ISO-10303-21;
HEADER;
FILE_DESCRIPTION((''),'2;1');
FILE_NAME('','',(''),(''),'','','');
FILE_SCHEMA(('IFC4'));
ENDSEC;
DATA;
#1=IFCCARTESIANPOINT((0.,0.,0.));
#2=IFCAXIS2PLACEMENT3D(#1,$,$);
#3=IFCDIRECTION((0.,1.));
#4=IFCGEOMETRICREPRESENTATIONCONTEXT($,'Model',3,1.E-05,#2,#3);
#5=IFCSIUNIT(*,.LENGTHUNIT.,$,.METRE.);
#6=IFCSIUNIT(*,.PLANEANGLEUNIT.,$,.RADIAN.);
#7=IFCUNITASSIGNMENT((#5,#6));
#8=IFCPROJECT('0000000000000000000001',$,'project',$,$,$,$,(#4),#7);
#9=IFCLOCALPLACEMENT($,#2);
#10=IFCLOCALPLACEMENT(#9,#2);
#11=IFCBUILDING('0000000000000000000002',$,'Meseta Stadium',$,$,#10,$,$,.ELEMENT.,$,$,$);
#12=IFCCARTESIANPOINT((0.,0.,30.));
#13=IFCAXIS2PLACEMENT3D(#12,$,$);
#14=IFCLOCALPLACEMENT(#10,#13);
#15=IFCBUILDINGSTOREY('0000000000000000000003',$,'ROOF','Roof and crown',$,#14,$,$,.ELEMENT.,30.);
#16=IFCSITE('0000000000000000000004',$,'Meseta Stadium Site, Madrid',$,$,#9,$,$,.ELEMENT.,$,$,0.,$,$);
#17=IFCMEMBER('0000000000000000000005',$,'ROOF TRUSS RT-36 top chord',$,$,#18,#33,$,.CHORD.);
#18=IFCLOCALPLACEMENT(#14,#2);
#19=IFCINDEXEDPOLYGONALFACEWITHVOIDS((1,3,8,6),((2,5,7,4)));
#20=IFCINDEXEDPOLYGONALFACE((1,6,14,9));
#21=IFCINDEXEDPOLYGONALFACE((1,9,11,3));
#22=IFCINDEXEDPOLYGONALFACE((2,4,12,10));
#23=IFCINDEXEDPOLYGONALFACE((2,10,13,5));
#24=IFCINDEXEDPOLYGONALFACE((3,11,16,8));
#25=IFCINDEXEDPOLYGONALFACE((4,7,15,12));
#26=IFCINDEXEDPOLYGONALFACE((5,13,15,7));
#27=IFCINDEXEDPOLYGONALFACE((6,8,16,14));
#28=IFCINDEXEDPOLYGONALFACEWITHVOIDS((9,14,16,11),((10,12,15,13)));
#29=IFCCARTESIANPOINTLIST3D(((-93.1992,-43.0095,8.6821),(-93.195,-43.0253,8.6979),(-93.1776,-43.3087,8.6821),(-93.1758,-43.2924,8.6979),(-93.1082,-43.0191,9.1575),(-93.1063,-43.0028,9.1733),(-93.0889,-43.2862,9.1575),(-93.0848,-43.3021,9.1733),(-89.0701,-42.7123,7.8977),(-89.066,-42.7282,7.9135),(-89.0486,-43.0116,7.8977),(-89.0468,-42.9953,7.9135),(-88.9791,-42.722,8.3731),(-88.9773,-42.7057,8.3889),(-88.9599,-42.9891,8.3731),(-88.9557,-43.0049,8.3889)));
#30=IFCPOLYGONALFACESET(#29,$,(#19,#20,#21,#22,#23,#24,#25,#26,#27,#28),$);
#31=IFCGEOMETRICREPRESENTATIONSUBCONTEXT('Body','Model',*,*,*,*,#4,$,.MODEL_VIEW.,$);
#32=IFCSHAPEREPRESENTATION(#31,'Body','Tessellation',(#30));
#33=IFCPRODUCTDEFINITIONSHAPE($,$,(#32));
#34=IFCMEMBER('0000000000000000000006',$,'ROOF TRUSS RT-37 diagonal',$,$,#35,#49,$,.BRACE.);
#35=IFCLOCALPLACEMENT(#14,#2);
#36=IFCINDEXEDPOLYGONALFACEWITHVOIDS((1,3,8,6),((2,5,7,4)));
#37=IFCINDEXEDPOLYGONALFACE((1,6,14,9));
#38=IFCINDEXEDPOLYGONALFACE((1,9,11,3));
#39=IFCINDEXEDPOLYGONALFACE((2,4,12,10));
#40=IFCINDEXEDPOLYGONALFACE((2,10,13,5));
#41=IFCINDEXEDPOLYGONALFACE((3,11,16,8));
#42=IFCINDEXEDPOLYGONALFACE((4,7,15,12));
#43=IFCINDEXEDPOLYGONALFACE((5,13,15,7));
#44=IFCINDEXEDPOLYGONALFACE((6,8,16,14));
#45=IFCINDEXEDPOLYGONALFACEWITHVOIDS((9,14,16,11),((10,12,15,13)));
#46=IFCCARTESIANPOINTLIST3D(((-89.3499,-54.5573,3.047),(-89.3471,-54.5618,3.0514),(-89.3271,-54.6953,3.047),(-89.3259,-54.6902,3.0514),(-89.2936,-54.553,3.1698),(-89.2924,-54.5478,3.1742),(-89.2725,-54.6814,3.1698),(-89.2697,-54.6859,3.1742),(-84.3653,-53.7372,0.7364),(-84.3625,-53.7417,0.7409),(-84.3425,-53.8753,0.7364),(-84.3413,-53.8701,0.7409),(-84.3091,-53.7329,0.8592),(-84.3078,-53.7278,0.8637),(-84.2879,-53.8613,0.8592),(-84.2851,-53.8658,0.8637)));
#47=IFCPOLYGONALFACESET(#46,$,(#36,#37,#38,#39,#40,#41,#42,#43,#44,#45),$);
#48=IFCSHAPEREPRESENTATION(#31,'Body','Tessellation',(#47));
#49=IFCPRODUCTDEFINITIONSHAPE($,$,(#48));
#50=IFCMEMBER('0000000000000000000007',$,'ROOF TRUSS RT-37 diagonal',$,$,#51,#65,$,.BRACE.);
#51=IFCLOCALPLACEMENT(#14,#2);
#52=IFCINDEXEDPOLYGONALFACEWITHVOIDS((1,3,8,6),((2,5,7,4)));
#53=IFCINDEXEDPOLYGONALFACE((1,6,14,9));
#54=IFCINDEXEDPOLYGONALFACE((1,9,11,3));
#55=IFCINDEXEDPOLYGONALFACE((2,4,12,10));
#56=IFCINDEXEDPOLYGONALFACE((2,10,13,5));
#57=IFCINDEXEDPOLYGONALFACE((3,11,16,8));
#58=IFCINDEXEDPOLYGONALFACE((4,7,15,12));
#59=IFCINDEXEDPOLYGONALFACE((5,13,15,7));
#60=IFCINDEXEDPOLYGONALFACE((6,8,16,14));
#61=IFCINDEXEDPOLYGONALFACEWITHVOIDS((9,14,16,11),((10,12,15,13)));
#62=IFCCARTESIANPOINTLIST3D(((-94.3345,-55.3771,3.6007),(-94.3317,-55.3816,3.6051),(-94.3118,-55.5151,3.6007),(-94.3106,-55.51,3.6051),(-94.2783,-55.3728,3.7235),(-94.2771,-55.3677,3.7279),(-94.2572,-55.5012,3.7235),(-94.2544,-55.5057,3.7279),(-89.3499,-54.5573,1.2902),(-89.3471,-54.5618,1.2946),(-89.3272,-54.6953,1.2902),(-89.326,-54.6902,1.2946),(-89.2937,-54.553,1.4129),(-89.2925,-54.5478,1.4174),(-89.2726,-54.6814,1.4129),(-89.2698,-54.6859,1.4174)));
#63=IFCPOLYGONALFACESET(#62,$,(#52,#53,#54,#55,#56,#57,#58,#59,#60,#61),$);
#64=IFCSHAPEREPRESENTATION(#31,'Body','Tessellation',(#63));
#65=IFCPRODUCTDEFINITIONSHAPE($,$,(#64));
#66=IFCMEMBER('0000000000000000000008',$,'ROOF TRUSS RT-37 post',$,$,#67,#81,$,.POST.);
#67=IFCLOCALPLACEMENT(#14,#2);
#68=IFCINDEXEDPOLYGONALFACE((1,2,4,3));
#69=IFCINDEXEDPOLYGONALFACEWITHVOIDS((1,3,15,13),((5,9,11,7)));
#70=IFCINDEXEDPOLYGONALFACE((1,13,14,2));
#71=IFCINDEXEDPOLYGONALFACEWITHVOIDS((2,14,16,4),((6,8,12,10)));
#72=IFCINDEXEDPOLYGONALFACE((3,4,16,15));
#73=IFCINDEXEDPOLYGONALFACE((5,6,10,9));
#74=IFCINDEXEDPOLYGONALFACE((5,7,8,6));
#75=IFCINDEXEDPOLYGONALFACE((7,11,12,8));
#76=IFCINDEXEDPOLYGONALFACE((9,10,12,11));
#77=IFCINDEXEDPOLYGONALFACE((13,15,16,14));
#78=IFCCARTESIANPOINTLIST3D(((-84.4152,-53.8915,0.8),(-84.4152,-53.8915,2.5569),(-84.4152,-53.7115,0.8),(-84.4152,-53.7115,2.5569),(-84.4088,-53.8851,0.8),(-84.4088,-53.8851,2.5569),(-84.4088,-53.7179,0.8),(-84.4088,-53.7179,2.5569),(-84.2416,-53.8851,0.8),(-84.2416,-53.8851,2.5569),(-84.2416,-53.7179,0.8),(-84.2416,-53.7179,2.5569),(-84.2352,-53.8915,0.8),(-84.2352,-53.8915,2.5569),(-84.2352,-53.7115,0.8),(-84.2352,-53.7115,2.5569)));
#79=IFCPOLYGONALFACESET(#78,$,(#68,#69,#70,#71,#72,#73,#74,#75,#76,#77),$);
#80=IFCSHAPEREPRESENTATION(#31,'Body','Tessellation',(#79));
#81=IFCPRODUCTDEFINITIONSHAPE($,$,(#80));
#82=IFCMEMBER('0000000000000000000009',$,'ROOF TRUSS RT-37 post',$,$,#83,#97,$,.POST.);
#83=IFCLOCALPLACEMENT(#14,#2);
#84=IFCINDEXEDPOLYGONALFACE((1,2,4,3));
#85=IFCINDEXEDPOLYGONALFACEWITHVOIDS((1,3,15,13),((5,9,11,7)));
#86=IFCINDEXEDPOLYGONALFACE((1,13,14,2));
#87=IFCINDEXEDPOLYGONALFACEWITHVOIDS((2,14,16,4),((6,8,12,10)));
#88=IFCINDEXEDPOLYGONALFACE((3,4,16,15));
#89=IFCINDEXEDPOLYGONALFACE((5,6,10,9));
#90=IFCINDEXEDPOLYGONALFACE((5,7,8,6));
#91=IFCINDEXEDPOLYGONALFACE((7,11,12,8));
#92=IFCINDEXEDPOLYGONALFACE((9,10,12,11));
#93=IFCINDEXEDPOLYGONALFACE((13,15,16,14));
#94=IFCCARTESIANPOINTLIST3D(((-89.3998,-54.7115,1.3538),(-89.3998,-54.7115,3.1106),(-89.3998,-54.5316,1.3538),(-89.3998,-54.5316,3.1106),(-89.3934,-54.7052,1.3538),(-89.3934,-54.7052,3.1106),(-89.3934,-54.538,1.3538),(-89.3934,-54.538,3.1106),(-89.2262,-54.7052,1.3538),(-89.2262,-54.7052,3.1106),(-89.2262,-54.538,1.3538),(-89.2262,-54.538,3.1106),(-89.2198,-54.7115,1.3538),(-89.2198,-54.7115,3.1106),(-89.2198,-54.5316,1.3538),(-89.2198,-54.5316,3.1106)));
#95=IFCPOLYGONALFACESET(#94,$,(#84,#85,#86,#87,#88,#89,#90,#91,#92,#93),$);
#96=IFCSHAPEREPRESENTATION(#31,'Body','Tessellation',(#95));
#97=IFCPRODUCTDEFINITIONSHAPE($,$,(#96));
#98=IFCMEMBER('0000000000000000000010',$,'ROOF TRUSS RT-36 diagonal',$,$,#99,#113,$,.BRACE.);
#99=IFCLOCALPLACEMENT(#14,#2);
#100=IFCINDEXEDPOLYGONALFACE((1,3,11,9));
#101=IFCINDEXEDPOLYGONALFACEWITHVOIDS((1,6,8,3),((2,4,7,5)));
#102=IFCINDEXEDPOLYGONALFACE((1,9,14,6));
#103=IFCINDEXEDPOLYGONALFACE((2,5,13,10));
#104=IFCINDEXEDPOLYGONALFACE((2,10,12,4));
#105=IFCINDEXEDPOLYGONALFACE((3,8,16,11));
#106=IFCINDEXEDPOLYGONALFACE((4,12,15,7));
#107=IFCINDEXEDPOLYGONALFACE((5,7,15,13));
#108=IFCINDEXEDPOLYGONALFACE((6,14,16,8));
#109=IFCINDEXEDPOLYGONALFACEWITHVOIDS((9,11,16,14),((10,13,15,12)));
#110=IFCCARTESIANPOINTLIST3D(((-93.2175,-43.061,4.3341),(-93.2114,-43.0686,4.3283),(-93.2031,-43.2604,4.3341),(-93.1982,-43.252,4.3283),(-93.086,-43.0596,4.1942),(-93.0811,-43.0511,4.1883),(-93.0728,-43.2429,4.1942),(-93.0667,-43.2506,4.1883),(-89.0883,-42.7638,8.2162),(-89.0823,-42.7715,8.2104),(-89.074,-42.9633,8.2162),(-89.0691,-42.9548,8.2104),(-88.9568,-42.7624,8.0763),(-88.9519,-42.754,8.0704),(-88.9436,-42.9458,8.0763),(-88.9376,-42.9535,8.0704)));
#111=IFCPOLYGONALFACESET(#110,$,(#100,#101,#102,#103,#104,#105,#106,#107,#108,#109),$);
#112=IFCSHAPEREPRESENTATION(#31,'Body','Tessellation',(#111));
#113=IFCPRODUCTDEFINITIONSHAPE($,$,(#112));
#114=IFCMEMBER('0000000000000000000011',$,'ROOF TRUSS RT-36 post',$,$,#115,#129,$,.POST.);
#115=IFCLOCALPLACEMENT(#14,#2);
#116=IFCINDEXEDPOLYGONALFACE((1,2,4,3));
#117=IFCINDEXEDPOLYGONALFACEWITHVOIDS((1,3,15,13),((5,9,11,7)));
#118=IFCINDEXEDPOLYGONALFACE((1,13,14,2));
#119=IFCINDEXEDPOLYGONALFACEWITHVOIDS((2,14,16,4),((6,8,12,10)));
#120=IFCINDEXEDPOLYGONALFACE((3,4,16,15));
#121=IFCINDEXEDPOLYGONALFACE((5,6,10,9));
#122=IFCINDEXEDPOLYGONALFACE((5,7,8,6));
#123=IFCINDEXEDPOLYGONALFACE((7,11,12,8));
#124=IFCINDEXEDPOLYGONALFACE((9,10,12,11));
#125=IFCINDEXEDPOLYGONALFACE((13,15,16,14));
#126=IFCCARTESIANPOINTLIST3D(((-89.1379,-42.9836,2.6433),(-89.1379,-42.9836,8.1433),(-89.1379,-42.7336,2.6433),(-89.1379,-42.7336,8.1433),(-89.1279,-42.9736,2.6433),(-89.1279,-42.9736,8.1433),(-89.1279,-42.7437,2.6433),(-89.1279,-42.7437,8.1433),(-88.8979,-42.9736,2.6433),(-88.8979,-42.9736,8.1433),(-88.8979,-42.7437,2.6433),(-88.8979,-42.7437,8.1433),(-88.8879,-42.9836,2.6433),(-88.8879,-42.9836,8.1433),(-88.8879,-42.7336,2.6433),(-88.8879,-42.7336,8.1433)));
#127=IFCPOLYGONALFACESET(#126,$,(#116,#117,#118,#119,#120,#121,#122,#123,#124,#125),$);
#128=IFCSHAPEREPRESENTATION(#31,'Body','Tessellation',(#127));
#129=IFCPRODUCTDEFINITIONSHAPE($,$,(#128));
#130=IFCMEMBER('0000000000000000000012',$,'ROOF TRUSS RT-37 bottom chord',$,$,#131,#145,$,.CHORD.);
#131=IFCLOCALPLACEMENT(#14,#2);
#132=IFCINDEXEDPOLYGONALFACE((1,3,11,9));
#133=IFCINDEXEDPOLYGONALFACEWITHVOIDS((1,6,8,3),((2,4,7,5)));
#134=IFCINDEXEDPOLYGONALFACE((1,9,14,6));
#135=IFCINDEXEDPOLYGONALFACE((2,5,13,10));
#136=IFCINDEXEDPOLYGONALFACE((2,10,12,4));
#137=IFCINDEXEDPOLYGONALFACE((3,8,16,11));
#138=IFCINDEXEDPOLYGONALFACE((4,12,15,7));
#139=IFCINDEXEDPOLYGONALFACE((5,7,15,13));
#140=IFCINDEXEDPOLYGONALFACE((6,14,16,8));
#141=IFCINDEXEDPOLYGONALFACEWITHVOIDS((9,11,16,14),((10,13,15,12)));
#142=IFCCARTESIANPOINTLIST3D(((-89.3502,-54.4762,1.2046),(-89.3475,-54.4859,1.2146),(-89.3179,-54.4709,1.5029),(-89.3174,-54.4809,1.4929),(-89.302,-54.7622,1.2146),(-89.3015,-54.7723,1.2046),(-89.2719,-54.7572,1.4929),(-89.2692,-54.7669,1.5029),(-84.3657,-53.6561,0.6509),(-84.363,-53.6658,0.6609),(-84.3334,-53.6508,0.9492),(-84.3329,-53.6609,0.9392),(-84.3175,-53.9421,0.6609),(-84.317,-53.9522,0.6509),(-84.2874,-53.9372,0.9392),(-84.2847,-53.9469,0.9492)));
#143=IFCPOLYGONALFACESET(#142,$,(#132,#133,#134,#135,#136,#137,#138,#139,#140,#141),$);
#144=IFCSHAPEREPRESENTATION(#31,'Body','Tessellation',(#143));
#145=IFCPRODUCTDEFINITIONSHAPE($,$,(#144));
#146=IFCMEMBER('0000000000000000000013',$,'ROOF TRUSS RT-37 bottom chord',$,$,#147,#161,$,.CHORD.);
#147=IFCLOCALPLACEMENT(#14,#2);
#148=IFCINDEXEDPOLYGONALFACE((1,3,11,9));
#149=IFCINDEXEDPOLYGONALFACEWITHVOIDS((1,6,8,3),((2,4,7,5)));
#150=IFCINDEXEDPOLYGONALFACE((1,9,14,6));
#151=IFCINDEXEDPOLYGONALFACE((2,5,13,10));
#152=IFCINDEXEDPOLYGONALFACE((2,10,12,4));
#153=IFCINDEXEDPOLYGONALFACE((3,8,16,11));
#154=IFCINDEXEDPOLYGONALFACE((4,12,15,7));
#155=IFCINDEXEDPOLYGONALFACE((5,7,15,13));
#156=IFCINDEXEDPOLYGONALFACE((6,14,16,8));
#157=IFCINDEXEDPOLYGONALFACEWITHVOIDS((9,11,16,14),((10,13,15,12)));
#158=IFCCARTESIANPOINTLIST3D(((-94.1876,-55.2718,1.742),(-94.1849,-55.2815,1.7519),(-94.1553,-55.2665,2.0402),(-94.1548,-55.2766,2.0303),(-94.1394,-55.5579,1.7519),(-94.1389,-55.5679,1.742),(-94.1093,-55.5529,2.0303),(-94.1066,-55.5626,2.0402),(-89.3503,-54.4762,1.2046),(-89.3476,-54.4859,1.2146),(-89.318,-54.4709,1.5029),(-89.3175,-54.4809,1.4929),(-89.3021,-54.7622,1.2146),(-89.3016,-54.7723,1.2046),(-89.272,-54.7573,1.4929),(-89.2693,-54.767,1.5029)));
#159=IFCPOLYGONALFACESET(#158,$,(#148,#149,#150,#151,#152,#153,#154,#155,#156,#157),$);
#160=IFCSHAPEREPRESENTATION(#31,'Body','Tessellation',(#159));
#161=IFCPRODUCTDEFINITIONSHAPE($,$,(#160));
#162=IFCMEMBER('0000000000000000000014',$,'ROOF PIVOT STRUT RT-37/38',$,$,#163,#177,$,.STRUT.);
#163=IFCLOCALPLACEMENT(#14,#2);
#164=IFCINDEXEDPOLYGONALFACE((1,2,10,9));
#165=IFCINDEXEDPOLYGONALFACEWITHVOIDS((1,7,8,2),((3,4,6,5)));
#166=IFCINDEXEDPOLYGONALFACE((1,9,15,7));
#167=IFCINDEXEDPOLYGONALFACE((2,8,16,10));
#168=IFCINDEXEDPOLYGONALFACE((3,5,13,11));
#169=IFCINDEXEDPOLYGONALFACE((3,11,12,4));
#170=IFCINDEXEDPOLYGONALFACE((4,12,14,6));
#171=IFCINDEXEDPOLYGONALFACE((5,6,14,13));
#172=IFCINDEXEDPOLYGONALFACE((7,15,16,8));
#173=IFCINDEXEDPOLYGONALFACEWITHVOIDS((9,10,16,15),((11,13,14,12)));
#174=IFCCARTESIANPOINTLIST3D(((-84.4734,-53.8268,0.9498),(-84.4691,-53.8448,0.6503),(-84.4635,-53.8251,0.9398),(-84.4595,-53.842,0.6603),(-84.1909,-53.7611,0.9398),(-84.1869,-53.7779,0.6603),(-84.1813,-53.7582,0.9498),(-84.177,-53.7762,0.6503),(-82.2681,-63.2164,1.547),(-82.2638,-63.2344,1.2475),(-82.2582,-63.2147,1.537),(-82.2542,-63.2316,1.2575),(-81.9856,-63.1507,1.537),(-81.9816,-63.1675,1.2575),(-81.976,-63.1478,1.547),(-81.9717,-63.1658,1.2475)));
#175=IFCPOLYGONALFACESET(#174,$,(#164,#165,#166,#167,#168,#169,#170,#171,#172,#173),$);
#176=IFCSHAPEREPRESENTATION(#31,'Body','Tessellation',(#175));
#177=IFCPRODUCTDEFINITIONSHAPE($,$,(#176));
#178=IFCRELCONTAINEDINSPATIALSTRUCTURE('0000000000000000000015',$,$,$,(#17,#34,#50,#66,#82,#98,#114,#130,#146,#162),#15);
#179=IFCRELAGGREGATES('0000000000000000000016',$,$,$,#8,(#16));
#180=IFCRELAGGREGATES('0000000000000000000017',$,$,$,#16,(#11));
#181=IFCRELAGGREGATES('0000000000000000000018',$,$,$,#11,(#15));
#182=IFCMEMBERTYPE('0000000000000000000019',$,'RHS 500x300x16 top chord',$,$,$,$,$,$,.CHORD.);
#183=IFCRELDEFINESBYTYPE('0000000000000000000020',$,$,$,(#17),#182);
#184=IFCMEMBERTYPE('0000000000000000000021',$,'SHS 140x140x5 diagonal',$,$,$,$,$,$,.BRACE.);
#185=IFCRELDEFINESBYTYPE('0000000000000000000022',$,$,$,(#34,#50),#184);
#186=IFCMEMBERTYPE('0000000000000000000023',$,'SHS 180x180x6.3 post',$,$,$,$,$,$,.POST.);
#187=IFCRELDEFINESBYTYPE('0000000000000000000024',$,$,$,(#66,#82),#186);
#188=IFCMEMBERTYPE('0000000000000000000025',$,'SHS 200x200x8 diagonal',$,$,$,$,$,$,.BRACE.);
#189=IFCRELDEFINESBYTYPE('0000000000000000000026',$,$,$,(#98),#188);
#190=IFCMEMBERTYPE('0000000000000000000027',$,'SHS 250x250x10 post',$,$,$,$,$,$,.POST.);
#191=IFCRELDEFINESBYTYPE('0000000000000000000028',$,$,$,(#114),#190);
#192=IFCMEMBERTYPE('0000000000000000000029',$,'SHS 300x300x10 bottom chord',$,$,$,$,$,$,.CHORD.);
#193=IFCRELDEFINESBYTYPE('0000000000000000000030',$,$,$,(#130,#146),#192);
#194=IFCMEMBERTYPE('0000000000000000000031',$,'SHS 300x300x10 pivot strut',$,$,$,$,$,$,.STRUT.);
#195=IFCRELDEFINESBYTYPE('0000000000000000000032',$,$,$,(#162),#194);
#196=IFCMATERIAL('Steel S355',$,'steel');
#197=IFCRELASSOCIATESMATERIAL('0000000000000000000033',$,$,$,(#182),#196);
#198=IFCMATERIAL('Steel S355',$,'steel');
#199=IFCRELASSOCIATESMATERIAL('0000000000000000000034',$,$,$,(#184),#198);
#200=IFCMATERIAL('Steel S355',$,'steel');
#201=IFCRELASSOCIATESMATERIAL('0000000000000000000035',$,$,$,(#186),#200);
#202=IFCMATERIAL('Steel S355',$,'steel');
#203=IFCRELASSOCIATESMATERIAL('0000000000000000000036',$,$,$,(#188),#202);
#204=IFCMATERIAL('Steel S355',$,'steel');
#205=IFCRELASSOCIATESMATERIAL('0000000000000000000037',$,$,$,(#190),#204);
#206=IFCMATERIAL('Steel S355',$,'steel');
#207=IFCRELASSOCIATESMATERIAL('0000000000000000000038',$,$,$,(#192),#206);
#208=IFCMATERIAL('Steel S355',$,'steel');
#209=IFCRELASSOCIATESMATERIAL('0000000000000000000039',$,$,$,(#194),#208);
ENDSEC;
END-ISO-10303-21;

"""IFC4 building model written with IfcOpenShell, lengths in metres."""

from ifc_helpers import new_model, si_unit, direction, frame, origin, origin_2d, place, context, subcontext, project, spatial, hollow_rectangle, extrude, material, material_profile, profile_set, type_object, element, save


model = new_model("IFC4")

# Units and contexts
model_context = context("Model", 3, precision=1e-05, world=origin(), true_north=direction((0.0, 1.0)))
body_context = subcontext(model_context, "Body", "Model", "MODEL_VIEW")
ifc_project = project(units=[si_unit("LENGTHUNIT", "METRE"), si_unit("PLANEANGLEUNIT", "RADIAN")], contexts=[model_context])

# Site, building, storey
site_placement = place(None, origin())
site = spatial("IfcSite", under=ifc_project, at=site_placement, Name="Meseta Stadium Site, Madrid", CompositionType="ELEMENT", RefElevation=0.0)
building_placement = place(site_placement, origin())
building = spatial("IfcBuilding", under=site, at=building_placement, Name="Meseta Stadium", CompositionType="ELEMENT")
storey_placement = place(building_placement, frame((0.0, 0.0, 30.0)))
storey = spatial("IfcBuildingStorey", under=building, at=storey_placement, Name="ROOF", Description="Roof and crown", CompositionType="ELEMENT", Elevation=30.0)

# Members
ifc_material_1 = material(Name="Steel S355", Category="steel")
ifc_material_profile_1 = material_profile(ifc_material_1, hollow_rectangle(XDim=0.3, YDim=0.5, WallThickness=0.0161, at=origin_2d()), Name="RHS 500x300x16")
ifc_profile_set_1 = profile_set([ifc_material_profile_1], Name="Steel S355")
member_type_1 = type_object("IfcMemberType", Name="RHS 500x300x16 top chord", PredefinedType="CHORD", material=ifc_profile_set_1)
member_1_placement = place(storey_placement, frame((-89.0129, -42.8586, 8.1433), z_axis=(-0.979984, -0.070516, 0.18617), x_axis=(0.071771, -0.997421, 0.0)))
element("IfcMember", 1, at=member_1_placement, inside=storey, type_object=member_type_1, Name="ROOF TRUSS RT-36 top chord", PredefinedType="CHORD", context=body_context, shape_type="SweptSolid", body=[
    extrude(hollow_rectangle(XDim=0.3, YDim=0.5, WallThickness=0.0161, at=origin_2d()), origin(), (0.0, 0.0, 1.0), 4.2134),
])
ifc_material_2 = material(Name="Steel S355", Category="steel")
ifc_material_profile_2 = material_profile(ifc_material_2, hollow_rectangle(XDim=0.1399, YDim=0.1399, WallThickness=0.0049, at=origin_2d()), Name="SHS 140x140x5")
ifc_profile_set_2 = profile_set([ifc_material_profile_2], Name="Steel S355")
member_type_2 = type_object("IfcMemberType", Name="SHS 140x140x5 diagonal", PredefinedType="BRACE", material=ifc_profile_set_2)
for number, where, z_axis, x_axis, name in (
    (2, (-84.3252, -53.8015, 0.8), (-0.897328, -0.147628, 0.415943), (0.162337, -0.986735, 0.0), "ROOF TRUSS RT-37 diagonal"),
    (3, (-89.3098, -54.6216, 1.3538), (-0.897334, -0.147585, 0.415946), (0.16229, -0.986743, 0.0), "ROOF TRUSS RT-37 diagonal"),
):
    element("IfcMember", number, at=place(storey_placement, frame(where, z_axis=z_axis, x_axis=x_axis)), inside=storey, type_object=member_type_2, Name=name, PredefinedType="BRACE", context=body_context, shape_type="SweptSolid", body=[
        extrude(hollow_rectangle(XDim=0.1399, YDim=0.1399, WallThickness=0.0049, at=origin_2d()), origin(), (0.0, 0.0, 1.0), 5.5549),
    ])
ifc_material_3 = material(Name="Steel S355", Category="steel")
ifc_material_profile_3 = material_profile(ifc_material_3, hollow_rectangle(XDim=0.1799, YDim=0.1799, WallThickness=0.0063, at=origin_2d()), Name="SHS 180x180x6.3")
ifc_profile_set_3 = profile_set([ifc_material_profile_3], Name="Steel S355")
member_type_3 = type_object("IfcMemberType", Name="SHS 180x180x6.3 post", PredefinedType="POST", material=ifc_profile_set_3)
for number, where, z_axis, x_axis, name in (
    (4, (-84.3252, -53.8015, 0.8), (0.0, 0.0, 1.0), (1.0, 0.0, 0.0), "ROOF TRUSS RT-37 post"),
    (5, (-89.3098, -54.6216, 1.3538), (0.0, 0.0, 1.0), (1.0, 0.0, 0.0), "ROOF TRUSS RT-37 post"),
):
    element("IfcMember", number, at=place(storey_placement, frame(where, z_axis=z_axis, x_axis=x_axis)), inside=storey, type_object=member_type_3, Name=name, PredefinedType="POST", context=body_context, shape_type="SweptSolid", body=[
        extrude(hollow_rectangle(XDim=0.1799, YDim=0.1799, WallThickness=0.0063, at=origin_2d()), origin(), (0.0, 0.0, 1.0), 1.7568),
    ])
ifc_material_4 = material(Name="Steel S355", Category="steel")
ifc_material_profile_4 = material_profile(ifc_material_4, hollow_rectangle(XDim=0.2, YDim=0.2, WallThickness=0.0081, at=origin_2d()), Name="SHS 200x200x8")
ifc_profile_set_4 = profile_set([ifc_material_profile_4], Name="Steel S355")
member_type_4 = type_object("IfcMemberType", Name="SHS 200x200x8 diagonal", PredefinedType="BRACE", material=ifc_profile_set_4)
member_2_placement = place(storey_placement, frame((-89.0129, -42.8586, 8.1433), z_axis=(-0.727569, -0.052353, -0.684034), x_axis=(0.071771, -0.997421, 0.0)))
element("IfcMember", 6, at=member_2_placement, inside=storey, type_object=member_type_4, Name="ROOF TRUSS RT-36 diagonal", PredefinedType="BRACE", context=body_context, shape_type="SweptSolid", body=[
    extrude(hollow_rectangle(XDim=0.2, YDim=0.2, WallThickness=0.0081, at=origin_2d()), origin(), (0.0, 0.0, 1.0), 5.6753),
])
ifc_material_5 = material(Name="Steel S355", Category="steel")
ifc_material_profile_5 = material_profile(ifc_material_5, hollow_rectangle(XDim=0.25, YDim=0.25, WallThickness=0.01, at=origin_2d()), Name="SHS 250x250x10")
ifc_profile_set_5 = profile_set([ifc_material_profile_5], Name="Steel S355")
member_type_5 = type_object("IfcMemberType", Name="SHS 250x250x10 post", PredefinedType="POST", material=ifc_profile_set_5)
member_3_placement = place(storey_placement, frame((-89.0129, -42.8586, 2.6433), z_axis=(0.0, 0.0, 1.0), x_axis=(1.0, 0.0, 0.0)))
element("IfcMember", 7, at=member_3_placement, inside=storey, type_object=member_type_5, Name="ROOF TRUSS RT-36 post", PredefinedType="POST", context=body_context, shape_type="SweptSolid", body=[
    extrude(hollow_rectangle(XDim=0.25, YDim=0.25, WallThickness=0.01, at=origin_2d()), origin(), (0.0, 0.0, 1.0), 5.5),
])
ifc_material_6 = material(Name="Steel S355", Category="steel")
ifc_material_profile_6 = material_profile(ifc_material_6, hollow_rectangle(XDim=0.3, YDim=0.3, WallThickness=0.01, at=origin_2d()), Name="SHS 300x300x10")
ifc_profile_set_6 = profile_set([ifc_material_profile_6], Name="Steel S355")
member_type_6 = type_object("IfcMemberType", Name="SHS 300x300x10 bottom chord", PredefinedType="CHORD", material=ifc_profile_set_6)
member_4_placement = place(storey_placement, frame((-84.3252, -53.8015, 0.8), z_axis=(-0.980861, -0.161371, 0.108958), x_axis=(0.162337, -0.986735, 0.0)))
element("IfcMember", 8, at=member_4_placement, inside=storey, type_object=member_type_6, Name="ROOF TRUSS RT-37 bottom chord", PredefinedType="CHORD", context=body_context, shape_type="SweptSolid", body=[
    extrude(hollow_rectangle(XDim=0.3, YDim=0.3, WallThickness=0.01, at=origin_2d()), origin(), (0.0, 0.0, 1.0), 5.0818),
])
member_5_placement = place(storey_placement, frame((-89.3098, -54.6216, 1.3538), z_axis=(-0.980867, -0.161333, 0.108958), x_axis=(0.162299, -0.986742, 0.0)))
element("IfcMember", 9, at=member_5_placement, inside=storey, type_object=member_type_6, Name="ROOF TRUSS RT-37 bottom chord", PredefinedType="CHORD", context=body_context, shape_type="SweptSolid", body=[
    extrude(hollow_rectangle(XDim=0.3, YDim=0.3, WallThickness=0.01, at=origin_2d()), origin(), (0.0, 0.0, 1.0), 4.9316),
])
ifc_material_7 = material(Name="Steel S355", Category="steel")
ifc_material_profile_7 = material_profile(ifc_material_7, hollow_rectangle(XDim=0.3, YDim=0.3, WallThickness=0.01, at=origin_2d()), Name="SHS 300x300x10")
ifc_profile_set_7 = profile_set([ifc_material_profile_7], Name="Steel S355")
member_type_7 = type_object("IfcMemberType", Name="SHS 300x300x10 pivot strut", PredefinedType="STRUT", material=ifc_profile_set_7)
member_6_placement = place(storey_placement, frame((-84.3252, -53.8015, 0.8), z_axis=(0.228209, -0.971649, 0.061795), x_axis=(0.97351, 0.228646, 0.0)))
element("IfcMember", 10, at=member_6_placement, inside=storey, type_object=member_type_7, Name="ROOF PIVOT STRUT RT-37/38", PredefinedType="STRUT", context=body_context, shape_type="SweptSolid", body=[
    extrude(hollow_rectangle(XDim=0.3, YDim=0.3, WallThickness=0.01, at=origin_2d()), origin(), (0.0, 0.0, 1.0), 9.6636),
])

save(model, "model.ifc")
